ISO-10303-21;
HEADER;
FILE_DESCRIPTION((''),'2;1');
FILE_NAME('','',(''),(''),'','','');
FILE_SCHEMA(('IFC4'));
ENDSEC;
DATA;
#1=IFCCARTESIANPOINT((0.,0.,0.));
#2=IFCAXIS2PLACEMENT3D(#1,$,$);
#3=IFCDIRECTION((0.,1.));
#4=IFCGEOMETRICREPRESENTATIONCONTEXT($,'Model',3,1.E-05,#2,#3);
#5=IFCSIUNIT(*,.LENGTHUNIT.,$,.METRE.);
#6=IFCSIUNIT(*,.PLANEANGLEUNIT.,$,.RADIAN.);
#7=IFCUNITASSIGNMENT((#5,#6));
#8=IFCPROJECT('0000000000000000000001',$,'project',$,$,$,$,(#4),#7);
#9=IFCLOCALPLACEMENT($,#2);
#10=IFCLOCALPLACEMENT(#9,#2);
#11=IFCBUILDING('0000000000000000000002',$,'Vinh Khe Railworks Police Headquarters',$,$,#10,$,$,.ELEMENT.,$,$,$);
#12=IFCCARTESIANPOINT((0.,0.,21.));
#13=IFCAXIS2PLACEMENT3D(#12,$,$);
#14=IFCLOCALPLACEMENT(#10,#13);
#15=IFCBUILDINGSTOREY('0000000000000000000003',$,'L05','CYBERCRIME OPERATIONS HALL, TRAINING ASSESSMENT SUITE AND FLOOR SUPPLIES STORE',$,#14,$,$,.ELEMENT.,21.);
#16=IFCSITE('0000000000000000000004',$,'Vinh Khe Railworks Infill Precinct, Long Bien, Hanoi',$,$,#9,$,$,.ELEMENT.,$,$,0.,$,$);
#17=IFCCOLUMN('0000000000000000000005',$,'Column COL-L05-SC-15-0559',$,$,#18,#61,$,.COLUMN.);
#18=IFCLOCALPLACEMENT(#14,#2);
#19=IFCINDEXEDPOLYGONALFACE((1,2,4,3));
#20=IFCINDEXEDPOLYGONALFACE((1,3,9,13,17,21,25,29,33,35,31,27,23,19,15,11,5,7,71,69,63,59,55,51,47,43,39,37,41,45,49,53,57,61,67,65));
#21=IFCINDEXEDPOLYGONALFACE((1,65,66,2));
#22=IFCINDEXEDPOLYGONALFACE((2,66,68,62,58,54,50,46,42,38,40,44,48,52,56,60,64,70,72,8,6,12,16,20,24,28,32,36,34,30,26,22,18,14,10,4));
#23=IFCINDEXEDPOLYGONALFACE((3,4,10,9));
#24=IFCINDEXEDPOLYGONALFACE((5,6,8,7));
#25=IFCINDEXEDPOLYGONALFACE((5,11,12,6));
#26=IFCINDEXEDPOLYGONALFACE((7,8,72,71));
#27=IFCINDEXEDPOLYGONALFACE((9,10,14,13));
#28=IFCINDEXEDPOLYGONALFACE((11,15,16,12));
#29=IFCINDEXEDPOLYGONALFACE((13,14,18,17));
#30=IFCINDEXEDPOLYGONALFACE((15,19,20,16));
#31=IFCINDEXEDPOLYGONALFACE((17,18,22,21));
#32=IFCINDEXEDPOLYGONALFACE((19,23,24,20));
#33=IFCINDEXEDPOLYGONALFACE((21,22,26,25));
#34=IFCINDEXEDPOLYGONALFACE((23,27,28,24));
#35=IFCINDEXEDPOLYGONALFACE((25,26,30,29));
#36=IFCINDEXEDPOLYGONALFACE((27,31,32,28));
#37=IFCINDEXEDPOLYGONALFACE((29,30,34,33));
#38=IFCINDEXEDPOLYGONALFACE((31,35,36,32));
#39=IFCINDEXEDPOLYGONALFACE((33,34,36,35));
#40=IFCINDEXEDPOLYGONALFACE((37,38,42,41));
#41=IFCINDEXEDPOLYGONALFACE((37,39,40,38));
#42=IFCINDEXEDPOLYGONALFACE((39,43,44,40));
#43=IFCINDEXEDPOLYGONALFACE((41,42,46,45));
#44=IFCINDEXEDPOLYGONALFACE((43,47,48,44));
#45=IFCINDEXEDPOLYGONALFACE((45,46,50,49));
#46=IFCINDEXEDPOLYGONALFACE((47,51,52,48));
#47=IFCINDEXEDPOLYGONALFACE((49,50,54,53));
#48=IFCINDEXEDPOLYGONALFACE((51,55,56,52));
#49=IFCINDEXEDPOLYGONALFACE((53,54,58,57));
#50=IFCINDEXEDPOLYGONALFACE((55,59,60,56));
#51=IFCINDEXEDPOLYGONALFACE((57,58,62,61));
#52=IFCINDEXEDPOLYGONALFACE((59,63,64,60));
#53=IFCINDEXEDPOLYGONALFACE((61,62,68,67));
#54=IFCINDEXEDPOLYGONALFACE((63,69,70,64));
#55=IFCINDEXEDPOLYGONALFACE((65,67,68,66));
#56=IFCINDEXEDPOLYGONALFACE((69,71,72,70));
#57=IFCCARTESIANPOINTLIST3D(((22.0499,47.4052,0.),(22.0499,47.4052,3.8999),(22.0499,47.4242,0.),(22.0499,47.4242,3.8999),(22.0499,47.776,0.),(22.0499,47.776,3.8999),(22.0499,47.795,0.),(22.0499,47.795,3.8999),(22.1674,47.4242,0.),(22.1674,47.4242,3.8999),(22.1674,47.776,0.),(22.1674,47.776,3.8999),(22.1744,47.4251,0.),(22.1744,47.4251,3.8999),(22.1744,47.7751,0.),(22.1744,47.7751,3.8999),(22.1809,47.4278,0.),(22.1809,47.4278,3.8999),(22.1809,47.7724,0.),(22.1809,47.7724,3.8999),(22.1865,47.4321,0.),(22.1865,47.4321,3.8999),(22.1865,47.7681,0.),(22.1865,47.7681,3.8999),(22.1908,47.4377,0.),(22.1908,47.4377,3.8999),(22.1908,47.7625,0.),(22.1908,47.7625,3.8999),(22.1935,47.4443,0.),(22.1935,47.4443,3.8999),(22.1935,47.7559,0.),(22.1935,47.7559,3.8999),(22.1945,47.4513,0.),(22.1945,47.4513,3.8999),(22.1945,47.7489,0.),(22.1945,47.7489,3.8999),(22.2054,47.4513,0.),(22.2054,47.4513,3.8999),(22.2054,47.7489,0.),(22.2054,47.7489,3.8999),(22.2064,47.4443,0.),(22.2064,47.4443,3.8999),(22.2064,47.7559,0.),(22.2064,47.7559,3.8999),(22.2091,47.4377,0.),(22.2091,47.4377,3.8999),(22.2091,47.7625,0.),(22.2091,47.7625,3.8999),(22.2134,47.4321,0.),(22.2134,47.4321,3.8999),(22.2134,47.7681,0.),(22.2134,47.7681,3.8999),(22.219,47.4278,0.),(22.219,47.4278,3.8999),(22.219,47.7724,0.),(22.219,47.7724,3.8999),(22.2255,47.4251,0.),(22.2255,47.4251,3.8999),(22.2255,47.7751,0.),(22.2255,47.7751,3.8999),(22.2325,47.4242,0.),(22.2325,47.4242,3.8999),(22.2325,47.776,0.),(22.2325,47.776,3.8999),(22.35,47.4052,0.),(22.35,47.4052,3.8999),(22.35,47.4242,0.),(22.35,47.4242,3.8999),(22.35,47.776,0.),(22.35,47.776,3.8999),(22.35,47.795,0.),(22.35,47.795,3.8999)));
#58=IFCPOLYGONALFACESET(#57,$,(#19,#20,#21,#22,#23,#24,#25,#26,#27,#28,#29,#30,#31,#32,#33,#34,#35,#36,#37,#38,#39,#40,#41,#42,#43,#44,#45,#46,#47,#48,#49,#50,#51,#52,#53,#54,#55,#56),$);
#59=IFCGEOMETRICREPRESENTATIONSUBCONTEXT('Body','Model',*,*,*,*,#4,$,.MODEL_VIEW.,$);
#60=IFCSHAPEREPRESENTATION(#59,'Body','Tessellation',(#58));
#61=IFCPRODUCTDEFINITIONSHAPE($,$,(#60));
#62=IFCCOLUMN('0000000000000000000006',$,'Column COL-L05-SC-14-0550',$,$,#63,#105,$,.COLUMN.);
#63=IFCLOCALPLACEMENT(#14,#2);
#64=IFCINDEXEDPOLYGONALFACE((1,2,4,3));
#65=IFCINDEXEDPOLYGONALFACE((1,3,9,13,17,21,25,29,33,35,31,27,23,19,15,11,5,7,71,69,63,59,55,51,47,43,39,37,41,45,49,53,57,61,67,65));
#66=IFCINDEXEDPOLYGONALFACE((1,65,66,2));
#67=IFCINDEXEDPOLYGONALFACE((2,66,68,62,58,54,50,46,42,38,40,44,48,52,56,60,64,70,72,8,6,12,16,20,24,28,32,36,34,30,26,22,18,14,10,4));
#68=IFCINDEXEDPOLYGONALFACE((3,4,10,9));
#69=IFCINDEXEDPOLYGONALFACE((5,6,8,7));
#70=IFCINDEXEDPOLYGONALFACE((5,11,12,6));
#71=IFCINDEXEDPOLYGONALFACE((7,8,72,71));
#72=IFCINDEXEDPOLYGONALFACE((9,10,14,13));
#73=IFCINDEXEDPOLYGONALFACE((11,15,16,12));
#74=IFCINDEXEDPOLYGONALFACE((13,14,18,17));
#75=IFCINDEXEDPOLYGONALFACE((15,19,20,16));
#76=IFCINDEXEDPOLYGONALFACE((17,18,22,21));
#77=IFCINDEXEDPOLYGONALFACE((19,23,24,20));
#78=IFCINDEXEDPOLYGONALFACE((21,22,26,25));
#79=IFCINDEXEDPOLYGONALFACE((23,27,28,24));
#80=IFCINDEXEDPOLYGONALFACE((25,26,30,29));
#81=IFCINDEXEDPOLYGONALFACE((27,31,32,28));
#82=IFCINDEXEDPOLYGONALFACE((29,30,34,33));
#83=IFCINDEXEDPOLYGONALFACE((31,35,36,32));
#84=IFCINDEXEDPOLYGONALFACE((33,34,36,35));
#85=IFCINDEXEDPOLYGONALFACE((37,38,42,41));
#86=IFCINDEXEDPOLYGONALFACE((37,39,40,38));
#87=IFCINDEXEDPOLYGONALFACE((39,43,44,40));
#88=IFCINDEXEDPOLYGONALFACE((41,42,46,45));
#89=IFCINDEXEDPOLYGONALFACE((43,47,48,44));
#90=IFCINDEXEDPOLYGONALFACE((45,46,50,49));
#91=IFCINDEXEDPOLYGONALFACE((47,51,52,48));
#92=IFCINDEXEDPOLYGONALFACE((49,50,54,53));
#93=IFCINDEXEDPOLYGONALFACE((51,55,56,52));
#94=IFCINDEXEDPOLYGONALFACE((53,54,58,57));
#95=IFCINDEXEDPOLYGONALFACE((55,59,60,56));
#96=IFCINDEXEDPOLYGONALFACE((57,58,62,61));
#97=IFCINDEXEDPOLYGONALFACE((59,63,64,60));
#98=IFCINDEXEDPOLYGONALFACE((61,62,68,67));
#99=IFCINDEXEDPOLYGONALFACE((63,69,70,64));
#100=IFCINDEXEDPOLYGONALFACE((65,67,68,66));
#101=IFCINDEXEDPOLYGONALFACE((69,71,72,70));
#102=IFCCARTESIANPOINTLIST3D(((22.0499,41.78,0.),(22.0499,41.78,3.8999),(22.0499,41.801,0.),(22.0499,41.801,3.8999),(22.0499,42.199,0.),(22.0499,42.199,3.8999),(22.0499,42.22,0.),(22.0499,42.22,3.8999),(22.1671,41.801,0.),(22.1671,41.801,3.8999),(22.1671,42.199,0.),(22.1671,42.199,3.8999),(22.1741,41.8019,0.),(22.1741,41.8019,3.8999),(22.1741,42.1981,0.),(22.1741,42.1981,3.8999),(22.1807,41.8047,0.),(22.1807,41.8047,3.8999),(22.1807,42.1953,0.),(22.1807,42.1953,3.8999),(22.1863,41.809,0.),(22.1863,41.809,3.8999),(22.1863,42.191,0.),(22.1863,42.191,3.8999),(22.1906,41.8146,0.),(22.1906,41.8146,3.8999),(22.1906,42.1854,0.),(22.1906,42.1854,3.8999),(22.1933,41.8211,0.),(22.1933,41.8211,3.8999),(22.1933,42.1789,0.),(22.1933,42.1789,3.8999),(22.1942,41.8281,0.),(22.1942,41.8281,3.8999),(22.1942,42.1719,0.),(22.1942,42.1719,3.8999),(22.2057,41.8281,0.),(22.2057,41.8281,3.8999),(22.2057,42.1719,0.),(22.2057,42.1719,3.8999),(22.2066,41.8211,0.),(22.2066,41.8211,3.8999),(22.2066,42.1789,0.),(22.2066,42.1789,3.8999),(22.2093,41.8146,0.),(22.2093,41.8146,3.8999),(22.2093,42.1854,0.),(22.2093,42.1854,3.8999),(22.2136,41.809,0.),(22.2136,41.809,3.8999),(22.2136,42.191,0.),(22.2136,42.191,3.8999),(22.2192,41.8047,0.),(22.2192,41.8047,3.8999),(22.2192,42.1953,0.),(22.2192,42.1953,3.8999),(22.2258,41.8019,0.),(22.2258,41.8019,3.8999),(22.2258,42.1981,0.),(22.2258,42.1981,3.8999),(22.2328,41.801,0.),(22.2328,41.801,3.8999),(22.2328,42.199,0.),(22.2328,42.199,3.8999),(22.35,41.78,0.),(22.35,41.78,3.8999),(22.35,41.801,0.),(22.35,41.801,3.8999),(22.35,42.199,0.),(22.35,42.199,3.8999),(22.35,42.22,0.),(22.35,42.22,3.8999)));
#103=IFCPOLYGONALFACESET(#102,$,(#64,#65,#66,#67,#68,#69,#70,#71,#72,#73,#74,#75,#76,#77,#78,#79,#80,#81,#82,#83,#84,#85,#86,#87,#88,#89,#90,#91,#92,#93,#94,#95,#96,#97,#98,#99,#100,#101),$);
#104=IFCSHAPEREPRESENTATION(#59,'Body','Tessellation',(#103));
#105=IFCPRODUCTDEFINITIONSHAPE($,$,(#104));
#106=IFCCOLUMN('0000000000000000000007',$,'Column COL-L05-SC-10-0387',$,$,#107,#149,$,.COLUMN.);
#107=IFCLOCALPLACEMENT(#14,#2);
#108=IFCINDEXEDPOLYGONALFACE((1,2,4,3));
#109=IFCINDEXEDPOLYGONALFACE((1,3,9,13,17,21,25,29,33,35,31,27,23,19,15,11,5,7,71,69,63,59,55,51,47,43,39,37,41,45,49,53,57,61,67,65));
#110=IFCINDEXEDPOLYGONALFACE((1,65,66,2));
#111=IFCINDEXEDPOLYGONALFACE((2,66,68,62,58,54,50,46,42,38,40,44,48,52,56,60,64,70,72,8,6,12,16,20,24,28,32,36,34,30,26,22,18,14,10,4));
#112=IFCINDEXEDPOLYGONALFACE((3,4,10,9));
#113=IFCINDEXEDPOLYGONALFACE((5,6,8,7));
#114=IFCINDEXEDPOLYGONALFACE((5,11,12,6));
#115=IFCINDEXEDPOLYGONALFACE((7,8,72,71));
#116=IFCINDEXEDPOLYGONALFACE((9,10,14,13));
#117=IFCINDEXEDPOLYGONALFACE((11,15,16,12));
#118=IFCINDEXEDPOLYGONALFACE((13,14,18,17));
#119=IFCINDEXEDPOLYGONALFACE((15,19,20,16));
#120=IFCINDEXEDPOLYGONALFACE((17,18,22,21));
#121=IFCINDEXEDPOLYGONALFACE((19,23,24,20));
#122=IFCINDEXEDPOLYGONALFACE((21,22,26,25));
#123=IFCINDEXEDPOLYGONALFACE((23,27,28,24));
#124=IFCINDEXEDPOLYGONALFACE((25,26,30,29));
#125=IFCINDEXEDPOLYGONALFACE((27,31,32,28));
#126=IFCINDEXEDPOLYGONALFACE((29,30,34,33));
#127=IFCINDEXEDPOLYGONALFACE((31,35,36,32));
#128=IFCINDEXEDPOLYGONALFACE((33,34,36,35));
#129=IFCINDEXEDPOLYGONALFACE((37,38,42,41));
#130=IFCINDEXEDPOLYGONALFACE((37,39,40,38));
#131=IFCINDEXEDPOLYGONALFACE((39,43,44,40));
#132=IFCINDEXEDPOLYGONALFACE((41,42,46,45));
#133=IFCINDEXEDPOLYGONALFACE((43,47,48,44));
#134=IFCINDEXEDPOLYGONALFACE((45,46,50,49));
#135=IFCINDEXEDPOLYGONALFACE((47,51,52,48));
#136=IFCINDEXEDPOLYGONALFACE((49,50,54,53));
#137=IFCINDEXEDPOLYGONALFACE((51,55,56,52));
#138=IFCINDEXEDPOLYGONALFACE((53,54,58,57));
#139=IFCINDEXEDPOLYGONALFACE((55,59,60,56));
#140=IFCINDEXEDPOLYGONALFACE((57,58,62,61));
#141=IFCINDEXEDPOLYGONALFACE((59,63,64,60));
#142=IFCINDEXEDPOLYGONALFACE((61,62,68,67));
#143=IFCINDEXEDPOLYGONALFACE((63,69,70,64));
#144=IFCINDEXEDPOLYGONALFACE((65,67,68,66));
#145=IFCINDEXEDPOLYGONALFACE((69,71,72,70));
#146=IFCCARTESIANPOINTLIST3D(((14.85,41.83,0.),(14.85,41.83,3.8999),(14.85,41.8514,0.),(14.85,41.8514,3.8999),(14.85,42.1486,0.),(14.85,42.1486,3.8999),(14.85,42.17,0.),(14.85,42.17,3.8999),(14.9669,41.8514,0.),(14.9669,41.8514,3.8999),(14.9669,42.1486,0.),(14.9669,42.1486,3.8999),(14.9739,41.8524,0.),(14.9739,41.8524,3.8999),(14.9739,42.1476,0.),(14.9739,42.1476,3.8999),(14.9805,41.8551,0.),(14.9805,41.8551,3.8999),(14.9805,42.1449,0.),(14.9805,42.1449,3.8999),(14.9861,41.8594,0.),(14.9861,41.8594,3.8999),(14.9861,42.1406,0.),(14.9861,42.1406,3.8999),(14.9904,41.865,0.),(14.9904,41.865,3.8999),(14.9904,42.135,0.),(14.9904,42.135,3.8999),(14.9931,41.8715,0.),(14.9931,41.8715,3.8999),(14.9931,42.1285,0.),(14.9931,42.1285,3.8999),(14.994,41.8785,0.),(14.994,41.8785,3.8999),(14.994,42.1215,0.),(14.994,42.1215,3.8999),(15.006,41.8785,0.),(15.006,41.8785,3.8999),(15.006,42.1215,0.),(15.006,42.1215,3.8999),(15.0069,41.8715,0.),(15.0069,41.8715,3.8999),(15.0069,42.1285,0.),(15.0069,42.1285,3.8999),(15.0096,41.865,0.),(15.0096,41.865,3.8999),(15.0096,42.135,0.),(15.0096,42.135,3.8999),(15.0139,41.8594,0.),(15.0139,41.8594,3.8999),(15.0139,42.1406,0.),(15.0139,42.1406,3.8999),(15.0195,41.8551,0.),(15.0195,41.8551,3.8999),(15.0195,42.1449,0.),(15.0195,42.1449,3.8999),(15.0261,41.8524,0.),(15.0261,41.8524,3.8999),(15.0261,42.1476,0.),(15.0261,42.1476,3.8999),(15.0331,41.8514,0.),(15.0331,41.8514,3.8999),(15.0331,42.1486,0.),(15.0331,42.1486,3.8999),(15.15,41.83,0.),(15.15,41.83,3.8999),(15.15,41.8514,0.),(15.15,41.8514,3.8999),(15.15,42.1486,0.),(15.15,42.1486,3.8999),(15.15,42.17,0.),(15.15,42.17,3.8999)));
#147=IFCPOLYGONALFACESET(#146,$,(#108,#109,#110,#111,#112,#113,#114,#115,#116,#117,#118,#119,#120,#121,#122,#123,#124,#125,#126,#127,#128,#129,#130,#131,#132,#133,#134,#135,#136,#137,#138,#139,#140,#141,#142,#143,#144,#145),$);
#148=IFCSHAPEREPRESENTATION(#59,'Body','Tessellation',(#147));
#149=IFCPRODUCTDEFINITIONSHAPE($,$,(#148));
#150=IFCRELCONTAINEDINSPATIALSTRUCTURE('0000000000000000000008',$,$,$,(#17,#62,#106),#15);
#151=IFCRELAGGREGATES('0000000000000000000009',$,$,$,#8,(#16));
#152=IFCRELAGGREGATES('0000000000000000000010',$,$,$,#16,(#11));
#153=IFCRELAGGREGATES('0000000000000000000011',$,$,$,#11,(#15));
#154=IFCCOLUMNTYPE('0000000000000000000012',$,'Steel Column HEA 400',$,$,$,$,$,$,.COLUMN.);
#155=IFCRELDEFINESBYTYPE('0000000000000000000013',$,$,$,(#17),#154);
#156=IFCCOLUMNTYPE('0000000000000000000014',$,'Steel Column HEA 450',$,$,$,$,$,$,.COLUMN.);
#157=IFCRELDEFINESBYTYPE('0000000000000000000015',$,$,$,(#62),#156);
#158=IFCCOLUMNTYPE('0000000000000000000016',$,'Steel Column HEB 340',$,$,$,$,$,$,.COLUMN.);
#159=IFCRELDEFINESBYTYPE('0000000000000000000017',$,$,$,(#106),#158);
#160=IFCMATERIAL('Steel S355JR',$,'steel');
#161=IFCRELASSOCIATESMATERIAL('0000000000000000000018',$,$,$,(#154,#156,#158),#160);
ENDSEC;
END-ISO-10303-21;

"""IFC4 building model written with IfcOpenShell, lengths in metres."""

from ifc_helpers import new_model, si_unit, direction, frame, origin, origin_2d, place, context, subcontext, project, spatial, i_section, extrude, material, material_profile, profile_set, type_object, element, save


model = new_model("IFC4")

# Units and contexts
model_context = context("Model", 3, precision=1e-05, world=origin(), true_north=direction((0.0, 1.0)))
body_context = subcontext(model_context, "Body", "Model", "MODEL_VIEW")
ifc_project = project(units=[si_unit("LENGTHUNIT", "METRE"), si_unit("PLANEANGLEUNIT", "RADIAN")], contexts=[model_context])

# Site, building, storey
site_placement = place(None, origin())
site = spatial("IfcSite", under=ifc_project, at=site_placement, Name="Vinh Khe Railworks Infill Precinct, Long Bien, Hanoi", CompositionType="ELEMENT", RefElevation=0.0)
building_placement = place(site_placement, origin())
building = spatial("IfcBuilding", under=site, at=building_placement, Name="Vinh Khe Railworks Police Headquarters", CompositionType="ELEMENT")
storey_placement = place(building_placement, frame((0.0, 0.0, 21.0)))
storey = spatial("IfcBuildingStorey", under=building, at=storey_placement, Name="L05", Description="CYBERCRIME OPERATIONS HALL, TRAINING ASSESSMENT SUITE AND FLOOR SUPPLIES STORE", CompositionType="ELEMENT", Elevation=21.0)

# Columns
ifc_material_1 = material(Name="Steel S355JR", Category="steel")
ifc_material_profile_1 = material_profile(ifc_material_1, i_section(OverallWidth=0.3, OverallDepth=0.3899, WebThickness=0.011, FlangeThickness=0.019, FilletRadius=0.0271, at=origin_2d()), Name="HEA 400")
ifc_profile_set_1 = profile_set([ifc_material_profile_1], Name="Steel S355JR")
column_type_1 = type_object("IfcColumnType", Name="Steel Column HEA 400", PredefinedType="COLUMN", material=ifc_profile_set_1)
column_1_placement = place(storey_placement, frame((22.2, 47.6001, 0.0), z_axis=(0.0, 0.0, 1.0), x_axis=(1.0, 0.0, 0.0)))
element("IfcColumn", 1, at=column_1_placement, inside=storey, type_object=column_type_1, Name="Column COL-L05-SC-15-0559", PredefinedType="COLUMN", context=body_context, shape_type="SweptSolid", body=[
    extrude(i_section(OverallWidth=0.3, OverallDepth=0.3899, WebThickness=0.011, FlangeThickness=0.019, FilletRadius=0.0271, at=origin_2d()), origin(), (0.0, 0.0, 1.0), 3.8999),
])
ifc_material_profile_2 = material_profile(ifc_material_1, i_section(OverallWidth=0.3, OverallDepth=0.4399, WebThickness=0.0115, FlangeThickness=0.021, FilletRadius=0.0271, at=origin_2d()), Name="HEA 450")
ifc_profile_set_2 = profile_set([ifc_material_profile_2], Name="Steel S355JR")
column_type_2 = type_object("IfcColumnType", Name="Steel Column HEA 450", PredefinedType="COLUMN", material=ifc_profile_set_2)
column_2_placement = place(storey_placement, frame((22.2, 42.0, 0.0), z_axis=(0.0, 0.0, 1.0), x_axis=(1.0, 0.0, 0.0)))
element("IfcColumn", 2, at=column_2_placement, inside=storey, type_object=column_type_2, Name="Column COL-L05-SC-14-0550", PredefinedType="COLUMN", context=body_context, shape_type="SweptSolid", body=[
    extrude(i_section(OverallWidth=0.3, OverallDepth=0.4399, WebThickness=0.0115, FlangeThickness=0.021, FilletRadius=0.0271, at=origin_2d()), origin(), (0.0, 0.0, 1.0), 3.8999),
])
ifc_material_profile_3 = material_profile(ifc_material_1, i_section(OverallWidth=0.3, OverallDepth=0.3401, WebThickness=0.012, FlangeThickness=0.0215, FilletRadius=0.0271, at=origin_2d()), Name="HEB 340")
ifc_profile_set_3 = profile_set([ifc_material_profile_3], Name="Steel S355JR")
column_type_3 = type_object("IfcColumnType", Name="Steel Column HEB 340", PredefinedType="COLUMN", material=ifc_profile_set_3)
column_3_placement = place(storey_placement, frame((15.0, 42.0, 0.0), z_axis=(0.0, 0.0, 1.0), x_axis=(1.0, 0.0, 0.0)))
element("IfcColumn", 3, at=column_3_placement, inside=storey, type_object=column_type_3, Name="Column COL-L05-SC-10-0387", PredefinedType="COLUMN", context=body_context, shape_type="SweptSolid", body=[
    extrude(i_section(OverallWidth=0.3, OverallDepth=0.3401, WebThickness=0.012, FlangeThickness=0.0215, FilletRadius=0.0271, at=origin_2d()), origin(), (0.0, 0.0, 1.0), 3.8999),
])

save(model, "model.ifc")
